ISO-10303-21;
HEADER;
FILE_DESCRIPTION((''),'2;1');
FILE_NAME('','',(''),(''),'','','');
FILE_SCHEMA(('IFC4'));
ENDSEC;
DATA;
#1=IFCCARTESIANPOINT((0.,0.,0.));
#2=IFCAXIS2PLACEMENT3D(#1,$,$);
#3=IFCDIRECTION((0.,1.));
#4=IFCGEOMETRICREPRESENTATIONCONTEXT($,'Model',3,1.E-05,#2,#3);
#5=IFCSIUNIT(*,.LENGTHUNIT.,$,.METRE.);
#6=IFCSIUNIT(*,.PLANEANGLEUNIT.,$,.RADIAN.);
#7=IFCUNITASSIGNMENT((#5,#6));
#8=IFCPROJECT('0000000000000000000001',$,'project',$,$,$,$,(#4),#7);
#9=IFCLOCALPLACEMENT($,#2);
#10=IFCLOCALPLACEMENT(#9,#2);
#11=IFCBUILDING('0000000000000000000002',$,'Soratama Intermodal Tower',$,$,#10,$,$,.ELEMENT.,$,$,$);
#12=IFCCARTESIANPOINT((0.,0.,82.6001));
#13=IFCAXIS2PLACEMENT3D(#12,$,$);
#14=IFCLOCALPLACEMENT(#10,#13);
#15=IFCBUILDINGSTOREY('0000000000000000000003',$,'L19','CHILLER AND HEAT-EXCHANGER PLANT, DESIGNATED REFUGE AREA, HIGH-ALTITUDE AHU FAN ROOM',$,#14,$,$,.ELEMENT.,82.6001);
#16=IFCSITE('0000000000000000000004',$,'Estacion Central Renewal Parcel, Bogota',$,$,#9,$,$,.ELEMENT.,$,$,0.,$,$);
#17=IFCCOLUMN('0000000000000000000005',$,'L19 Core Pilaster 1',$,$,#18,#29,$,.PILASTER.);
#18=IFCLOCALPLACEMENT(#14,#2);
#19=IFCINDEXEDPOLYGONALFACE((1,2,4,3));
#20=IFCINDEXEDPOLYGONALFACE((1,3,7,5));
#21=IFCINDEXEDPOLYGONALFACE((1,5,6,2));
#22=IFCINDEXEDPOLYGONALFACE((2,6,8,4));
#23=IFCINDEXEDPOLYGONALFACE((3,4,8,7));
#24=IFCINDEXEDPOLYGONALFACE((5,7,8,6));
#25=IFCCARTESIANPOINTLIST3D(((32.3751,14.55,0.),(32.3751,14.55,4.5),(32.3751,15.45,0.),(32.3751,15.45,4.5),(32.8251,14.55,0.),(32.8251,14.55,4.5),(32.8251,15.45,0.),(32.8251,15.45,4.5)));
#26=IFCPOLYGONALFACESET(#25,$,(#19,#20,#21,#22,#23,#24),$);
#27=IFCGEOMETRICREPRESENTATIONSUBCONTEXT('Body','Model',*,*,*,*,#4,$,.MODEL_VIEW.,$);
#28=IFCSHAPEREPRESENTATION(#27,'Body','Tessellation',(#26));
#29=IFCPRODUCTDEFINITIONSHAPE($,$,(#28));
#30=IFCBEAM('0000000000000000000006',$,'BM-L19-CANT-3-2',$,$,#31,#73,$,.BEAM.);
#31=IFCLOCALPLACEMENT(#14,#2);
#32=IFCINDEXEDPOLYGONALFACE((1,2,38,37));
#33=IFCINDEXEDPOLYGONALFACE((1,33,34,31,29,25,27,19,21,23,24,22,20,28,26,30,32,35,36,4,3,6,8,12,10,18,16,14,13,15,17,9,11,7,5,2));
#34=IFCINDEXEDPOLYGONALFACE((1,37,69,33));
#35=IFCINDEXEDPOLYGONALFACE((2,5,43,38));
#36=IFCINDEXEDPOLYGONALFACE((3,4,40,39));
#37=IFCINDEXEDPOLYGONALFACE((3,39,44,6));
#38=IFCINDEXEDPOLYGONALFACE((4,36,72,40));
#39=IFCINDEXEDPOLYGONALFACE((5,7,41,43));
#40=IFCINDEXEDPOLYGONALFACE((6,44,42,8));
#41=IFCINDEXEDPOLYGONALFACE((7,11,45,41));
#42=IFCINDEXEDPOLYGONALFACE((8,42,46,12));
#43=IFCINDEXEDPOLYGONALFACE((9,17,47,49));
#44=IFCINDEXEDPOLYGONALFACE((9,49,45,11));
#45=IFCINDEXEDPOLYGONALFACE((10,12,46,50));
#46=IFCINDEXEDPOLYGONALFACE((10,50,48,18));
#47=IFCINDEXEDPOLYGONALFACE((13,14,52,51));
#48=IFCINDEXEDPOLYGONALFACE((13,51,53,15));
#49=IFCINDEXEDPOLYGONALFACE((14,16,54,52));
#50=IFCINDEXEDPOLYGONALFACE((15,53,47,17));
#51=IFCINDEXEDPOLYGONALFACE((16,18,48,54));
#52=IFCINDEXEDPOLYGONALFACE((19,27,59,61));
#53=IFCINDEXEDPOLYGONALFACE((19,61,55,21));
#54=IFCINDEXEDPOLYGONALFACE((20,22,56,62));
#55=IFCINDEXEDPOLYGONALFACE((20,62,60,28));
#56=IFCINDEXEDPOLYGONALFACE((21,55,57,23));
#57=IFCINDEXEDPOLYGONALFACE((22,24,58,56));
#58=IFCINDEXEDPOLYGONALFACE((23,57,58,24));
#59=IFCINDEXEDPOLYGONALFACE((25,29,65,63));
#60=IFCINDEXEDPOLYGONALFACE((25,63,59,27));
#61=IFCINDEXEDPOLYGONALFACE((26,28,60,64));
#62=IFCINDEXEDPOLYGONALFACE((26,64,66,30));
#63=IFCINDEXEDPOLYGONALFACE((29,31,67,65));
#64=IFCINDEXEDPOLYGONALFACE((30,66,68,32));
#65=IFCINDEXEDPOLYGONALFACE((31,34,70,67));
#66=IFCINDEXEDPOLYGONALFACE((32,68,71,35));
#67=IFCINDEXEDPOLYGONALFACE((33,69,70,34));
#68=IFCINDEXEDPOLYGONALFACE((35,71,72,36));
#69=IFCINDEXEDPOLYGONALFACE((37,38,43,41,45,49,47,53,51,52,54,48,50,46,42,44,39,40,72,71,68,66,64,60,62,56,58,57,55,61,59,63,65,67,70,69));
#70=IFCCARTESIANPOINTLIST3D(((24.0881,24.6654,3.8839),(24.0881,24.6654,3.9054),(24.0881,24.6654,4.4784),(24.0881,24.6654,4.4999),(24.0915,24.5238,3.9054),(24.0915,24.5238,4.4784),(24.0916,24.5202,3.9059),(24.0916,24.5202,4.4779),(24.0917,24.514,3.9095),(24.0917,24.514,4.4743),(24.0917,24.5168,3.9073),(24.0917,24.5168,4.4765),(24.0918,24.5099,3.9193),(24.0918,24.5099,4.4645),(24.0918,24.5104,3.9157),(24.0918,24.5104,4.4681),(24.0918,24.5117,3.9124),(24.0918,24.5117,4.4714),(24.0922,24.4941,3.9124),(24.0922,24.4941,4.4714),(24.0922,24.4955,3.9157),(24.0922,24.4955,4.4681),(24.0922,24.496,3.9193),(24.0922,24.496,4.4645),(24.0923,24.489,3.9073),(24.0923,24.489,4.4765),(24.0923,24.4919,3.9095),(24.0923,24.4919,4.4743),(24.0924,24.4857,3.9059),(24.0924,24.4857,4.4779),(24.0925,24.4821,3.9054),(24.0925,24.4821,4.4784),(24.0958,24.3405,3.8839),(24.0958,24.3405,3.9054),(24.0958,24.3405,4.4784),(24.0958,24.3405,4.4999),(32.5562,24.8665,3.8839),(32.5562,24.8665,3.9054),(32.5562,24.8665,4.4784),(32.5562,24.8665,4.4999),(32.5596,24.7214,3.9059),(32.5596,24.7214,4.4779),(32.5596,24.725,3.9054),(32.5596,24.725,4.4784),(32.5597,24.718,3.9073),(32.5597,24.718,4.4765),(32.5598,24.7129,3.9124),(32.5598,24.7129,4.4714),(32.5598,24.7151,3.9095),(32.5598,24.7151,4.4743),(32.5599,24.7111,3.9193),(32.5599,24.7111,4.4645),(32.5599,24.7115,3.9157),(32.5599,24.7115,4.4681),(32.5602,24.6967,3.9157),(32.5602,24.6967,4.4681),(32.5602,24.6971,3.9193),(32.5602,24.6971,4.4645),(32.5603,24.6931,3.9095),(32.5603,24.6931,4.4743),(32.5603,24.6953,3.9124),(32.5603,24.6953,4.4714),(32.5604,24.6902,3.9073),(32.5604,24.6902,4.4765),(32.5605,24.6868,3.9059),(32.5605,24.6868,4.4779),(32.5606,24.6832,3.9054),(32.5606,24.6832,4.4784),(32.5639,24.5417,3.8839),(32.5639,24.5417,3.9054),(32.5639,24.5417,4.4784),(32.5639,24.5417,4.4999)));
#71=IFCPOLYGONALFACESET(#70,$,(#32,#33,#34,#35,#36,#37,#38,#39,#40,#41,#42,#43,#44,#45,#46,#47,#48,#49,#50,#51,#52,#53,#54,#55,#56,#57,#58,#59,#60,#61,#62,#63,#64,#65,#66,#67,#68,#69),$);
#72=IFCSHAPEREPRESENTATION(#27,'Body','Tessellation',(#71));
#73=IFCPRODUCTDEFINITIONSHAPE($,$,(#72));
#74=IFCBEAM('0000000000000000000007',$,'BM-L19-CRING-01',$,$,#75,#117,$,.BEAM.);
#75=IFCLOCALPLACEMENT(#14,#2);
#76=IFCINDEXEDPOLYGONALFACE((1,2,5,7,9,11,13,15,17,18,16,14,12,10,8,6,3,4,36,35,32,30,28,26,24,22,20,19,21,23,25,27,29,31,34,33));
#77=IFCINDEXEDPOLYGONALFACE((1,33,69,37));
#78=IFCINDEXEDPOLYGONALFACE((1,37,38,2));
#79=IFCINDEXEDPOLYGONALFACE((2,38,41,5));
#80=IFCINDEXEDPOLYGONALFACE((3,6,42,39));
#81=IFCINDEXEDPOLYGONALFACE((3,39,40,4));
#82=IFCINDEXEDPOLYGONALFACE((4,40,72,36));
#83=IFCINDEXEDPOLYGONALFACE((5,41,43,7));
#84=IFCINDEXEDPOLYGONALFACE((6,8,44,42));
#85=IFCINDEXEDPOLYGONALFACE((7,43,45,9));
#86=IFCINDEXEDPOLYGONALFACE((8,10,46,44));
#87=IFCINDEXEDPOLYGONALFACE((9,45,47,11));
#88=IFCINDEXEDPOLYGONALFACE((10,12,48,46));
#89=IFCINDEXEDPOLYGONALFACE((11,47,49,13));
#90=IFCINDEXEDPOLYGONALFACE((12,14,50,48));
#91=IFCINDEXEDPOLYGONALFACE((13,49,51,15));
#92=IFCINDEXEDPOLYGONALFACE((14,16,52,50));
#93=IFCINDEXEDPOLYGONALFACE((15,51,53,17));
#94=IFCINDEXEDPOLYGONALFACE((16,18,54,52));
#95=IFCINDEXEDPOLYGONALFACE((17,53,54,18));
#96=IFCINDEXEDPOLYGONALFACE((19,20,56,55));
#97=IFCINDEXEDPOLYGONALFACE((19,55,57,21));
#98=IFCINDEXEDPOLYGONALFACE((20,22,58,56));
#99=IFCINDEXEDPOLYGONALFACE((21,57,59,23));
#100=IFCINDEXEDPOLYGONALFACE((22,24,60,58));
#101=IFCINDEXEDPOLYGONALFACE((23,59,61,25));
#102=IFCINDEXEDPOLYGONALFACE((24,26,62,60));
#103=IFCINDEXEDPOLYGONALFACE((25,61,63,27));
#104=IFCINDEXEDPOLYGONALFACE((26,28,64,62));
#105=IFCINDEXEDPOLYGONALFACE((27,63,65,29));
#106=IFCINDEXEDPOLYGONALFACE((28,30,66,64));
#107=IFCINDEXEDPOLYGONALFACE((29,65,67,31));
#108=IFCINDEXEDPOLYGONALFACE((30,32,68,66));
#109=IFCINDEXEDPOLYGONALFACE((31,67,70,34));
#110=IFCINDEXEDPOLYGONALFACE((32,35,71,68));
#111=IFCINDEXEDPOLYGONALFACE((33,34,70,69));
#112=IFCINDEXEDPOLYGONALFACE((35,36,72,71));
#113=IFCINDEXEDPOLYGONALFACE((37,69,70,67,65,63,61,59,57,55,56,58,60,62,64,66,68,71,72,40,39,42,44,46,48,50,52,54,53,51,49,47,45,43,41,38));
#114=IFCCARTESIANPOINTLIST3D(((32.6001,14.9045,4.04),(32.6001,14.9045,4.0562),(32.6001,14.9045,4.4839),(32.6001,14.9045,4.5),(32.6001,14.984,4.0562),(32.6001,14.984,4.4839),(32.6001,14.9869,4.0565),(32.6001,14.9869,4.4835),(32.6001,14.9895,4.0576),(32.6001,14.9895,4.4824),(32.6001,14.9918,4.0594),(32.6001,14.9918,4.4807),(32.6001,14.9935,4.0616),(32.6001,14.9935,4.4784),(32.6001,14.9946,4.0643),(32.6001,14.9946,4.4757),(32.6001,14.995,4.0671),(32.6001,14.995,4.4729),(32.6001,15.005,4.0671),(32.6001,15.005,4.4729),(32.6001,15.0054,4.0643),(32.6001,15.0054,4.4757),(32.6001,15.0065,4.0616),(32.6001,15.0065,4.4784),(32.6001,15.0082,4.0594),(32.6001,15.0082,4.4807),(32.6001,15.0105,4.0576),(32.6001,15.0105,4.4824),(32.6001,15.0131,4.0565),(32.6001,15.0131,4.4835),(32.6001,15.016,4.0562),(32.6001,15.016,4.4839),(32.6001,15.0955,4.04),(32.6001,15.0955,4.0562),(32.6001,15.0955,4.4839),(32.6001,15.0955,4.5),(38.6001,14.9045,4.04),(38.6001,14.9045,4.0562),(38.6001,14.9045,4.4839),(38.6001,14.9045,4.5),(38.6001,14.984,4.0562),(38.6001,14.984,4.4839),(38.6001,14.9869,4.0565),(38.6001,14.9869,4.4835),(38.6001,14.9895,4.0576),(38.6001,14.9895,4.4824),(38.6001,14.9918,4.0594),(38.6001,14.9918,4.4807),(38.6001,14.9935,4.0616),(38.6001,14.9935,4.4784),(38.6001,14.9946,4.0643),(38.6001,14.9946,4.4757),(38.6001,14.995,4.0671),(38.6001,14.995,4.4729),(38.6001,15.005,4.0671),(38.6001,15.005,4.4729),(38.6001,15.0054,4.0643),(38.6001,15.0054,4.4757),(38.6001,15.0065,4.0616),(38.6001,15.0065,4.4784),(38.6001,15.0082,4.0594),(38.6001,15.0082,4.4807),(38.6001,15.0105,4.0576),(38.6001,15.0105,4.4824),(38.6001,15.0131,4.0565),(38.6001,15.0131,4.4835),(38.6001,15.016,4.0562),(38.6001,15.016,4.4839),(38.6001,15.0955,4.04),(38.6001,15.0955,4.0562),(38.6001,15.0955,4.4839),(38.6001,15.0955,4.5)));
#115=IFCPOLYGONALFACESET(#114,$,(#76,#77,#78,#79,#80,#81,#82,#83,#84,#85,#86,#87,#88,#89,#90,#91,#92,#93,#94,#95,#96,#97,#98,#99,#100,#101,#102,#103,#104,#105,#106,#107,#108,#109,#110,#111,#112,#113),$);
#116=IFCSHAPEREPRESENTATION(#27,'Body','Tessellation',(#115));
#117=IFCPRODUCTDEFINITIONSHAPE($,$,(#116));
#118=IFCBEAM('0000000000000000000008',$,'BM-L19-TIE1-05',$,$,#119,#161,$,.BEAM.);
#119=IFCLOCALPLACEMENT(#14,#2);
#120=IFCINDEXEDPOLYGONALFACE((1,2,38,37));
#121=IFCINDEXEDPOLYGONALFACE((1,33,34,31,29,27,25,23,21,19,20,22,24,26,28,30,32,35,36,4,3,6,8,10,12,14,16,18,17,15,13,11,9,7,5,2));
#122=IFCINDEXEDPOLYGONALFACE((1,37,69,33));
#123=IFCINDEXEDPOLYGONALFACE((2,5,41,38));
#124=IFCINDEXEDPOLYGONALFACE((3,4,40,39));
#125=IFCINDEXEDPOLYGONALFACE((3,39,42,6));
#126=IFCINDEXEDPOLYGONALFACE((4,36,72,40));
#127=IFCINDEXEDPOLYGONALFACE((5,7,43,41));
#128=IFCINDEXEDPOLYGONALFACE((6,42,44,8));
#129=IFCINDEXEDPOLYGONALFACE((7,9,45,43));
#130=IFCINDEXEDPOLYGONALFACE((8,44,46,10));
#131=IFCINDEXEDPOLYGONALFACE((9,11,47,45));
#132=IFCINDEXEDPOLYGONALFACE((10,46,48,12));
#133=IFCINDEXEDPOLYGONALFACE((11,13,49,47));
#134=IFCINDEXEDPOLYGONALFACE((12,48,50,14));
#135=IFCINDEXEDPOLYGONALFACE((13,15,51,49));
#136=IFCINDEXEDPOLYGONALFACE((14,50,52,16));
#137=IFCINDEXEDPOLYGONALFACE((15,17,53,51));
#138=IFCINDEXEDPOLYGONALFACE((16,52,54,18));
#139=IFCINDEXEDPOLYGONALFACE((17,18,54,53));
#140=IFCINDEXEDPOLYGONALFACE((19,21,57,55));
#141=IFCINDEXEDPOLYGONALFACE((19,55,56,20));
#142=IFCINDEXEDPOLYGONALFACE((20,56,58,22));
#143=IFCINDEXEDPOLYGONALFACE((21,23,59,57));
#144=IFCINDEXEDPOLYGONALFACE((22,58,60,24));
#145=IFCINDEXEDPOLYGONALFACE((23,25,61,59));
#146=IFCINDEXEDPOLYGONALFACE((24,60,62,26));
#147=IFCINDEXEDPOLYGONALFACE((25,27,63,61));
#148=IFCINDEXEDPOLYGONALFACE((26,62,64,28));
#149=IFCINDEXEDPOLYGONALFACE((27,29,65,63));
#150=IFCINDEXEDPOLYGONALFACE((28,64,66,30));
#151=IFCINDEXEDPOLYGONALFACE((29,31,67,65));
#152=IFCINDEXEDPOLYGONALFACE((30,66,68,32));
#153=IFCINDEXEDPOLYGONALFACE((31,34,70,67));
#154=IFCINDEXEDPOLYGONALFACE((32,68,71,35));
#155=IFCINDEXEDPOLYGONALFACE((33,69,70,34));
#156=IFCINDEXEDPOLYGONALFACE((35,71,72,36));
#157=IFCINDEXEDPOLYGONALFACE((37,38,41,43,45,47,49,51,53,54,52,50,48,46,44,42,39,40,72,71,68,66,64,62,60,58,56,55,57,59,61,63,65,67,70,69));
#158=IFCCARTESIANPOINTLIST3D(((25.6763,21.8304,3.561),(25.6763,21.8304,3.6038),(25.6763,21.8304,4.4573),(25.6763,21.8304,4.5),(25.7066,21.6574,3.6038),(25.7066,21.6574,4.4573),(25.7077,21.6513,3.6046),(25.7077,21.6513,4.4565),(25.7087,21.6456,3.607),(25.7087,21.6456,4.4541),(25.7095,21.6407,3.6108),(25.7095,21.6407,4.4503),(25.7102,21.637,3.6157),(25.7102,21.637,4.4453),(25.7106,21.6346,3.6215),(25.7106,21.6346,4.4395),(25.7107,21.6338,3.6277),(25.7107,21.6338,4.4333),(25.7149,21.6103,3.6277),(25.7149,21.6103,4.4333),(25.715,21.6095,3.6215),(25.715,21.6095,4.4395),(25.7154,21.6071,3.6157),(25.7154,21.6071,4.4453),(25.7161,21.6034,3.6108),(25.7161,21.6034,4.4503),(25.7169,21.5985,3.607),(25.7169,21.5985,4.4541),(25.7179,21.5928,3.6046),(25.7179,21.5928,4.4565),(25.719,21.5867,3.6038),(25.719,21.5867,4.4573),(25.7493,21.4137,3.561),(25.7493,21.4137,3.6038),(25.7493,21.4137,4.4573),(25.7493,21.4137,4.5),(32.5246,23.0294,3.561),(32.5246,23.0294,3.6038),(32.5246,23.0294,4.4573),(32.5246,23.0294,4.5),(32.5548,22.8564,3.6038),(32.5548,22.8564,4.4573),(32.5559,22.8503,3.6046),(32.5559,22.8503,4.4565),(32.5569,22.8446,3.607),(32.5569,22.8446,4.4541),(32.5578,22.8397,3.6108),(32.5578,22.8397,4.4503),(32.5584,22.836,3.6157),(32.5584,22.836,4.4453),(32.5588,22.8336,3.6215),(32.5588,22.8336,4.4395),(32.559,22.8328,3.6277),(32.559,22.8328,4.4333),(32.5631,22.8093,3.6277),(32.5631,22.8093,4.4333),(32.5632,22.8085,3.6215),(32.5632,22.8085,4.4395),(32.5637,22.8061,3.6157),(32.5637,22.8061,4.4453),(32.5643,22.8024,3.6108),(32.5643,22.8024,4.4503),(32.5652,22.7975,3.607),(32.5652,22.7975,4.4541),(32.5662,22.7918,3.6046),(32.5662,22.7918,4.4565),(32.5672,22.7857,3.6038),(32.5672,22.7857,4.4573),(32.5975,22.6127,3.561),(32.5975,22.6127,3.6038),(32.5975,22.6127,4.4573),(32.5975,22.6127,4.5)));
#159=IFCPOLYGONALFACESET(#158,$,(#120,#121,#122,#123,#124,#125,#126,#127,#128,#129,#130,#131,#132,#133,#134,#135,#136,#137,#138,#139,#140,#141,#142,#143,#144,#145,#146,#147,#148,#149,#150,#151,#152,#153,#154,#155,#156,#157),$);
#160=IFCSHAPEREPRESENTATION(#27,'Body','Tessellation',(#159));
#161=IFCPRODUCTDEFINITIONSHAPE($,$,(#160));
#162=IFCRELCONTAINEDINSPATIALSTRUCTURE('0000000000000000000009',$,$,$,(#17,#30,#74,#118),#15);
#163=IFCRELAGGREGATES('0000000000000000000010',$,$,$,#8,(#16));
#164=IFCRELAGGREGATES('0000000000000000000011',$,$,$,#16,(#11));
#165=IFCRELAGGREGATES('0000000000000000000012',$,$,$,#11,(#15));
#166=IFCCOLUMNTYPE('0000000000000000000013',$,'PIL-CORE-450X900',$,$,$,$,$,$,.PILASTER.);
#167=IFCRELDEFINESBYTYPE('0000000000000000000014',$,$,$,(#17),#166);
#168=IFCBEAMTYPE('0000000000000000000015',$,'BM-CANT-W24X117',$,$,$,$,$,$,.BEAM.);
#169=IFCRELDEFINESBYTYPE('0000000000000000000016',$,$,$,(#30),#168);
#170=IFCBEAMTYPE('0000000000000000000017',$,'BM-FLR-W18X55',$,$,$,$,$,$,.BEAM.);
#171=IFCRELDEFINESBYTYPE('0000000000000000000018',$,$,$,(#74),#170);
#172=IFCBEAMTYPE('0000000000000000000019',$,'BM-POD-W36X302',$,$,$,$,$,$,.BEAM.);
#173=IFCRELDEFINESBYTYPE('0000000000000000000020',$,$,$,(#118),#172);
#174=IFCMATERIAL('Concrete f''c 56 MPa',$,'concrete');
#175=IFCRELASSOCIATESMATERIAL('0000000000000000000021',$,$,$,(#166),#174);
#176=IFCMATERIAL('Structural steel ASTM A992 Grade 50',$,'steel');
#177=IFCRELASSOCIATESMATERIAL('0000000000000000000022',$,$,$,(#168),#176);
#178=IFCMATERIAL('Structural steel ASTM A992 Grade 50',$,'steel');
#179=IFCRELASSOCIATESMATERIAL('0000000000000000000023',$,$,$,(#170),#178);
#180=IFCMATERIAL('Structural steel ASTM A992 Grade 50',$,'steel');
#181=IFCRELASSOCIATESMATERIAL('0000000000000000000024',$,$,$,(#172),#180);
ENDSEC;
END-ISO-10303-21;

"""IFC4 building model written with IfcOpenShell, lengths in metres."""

from ifc_helpers import new_model, si_unit, direction, frame, origin, origin_2d, place, context, subcontext, project, spatial, rectangle, i_section, extrude, material, material_profile, profile_set, type_object, element, save


model = new_model("IFC4")

# Units and contexts
model_context = context("Model", 3, precision=1e-05, world=origin(), true_north=direction((0.0, 1.0)))
body_context = subcontext(model_context, "Body", "Model", "MODEL_VIEW")
ifc_project = project(units=[si_unit("LENGTHUNIT", "METRE"), si_unit("PLANEANGLEUNIT", "RADIAN")], contexts=[model_context])

# Site, building, storey
site_placement = place(None, origin())
site = spatial("IfcSite", under=ifc_project, at=site_placement, Name="Estacion Central Renewal Parcel, Bogota", CompositionType="ELEMENT", RefElevation=0.0)
building_placement = place(site_placement, origin())
building = spatial("IfcBuilding", under=site, at=building_placement, Name="Soratama Intermodal Tower", CompositionType="ELEMENT")
storey_placement = place(building_placement, frame((0.0, 0.0, 82.6001)))
storey = spatial("IfcBuildingStorey", under=building, at=storey_placement, Name="L19", Description="CHILLER AND HEAT-EXCHANGER PLANT, DESIGNATED REFUGE AREA, HIGH-ALTITUDE AHU FAN ROOM", CompositionType="ELEMENT", Elevation=82.6001)

# Column
ifc_material_1 = material(Name="Concrete f'c 56 MPa", Category="concrete")
ifc_material_profile_1 = material_profile(ifc_material_1, rectangle(XDim=0.45, YDim=0.8999, at=origin_2d()), Name="RC450X900")
ifc_profile_set_1 = profile_set([ifc_material_profile_1], Name="Concrete f'c 56 MPa")
column_type = type_object("IfcColumnType", Name="PIL-CORE-450X900", PredefinedType="PILASTER", material=ifc_profile_set_1)
column_placement = place(storey_placement, frame((32.6001, 15.0, 0.0), z_axis=(0.0, 0.0, 1.0), x_axis=(1.0, 0.0, 0.0)))
element("IfcColumn", 1, at=column_placement, inside=storey, type_object=column_type, Name="L19 Core Pilaster 1", PredefinedType="PILASTER", context=body_context, shape_type="SweptSolid", body=[
    extrude(rectangle(XDim=0.45, YDim=0.8999, at=origin_2d()), origin(), (0.0, 0.0, 1.0), 4.5),
])

# Beams
ifc_material_2 = material(Name="Structural steel ASTM A992 Grade 50", Category="steel")
ifc_material_profile_2 = material_profile(ifc_material_2, i_section(OverallWidth=0.325, OverallDepth=0.616, WebThickness=0.0139, FlangeThickness=0.0215, FilletRadius=0.0139, at=origin_2d()), Name="W24X117")
ifc_profile_set_2 = profile_set([ifc_material_profile_2], Name="Structural steel ASTM A992 Grade 50")
beam_type_1 = type_object("IfcBeamType", Name="BM-CANT-W24X117", PredefinedType="BEAM", material=ifc_profile_set_2)
beam_1_placement = place(storey_placement, frame((32.5601, 24.7041, 4.1919), z_axis=(-0.999718, -0.02375, 0.0), x_axis=(0.02375, -0.999718, 0.0)))
element("IfcBeam", 2, at=beam_1_placement, inside=storey, type_object=beam_type_1, Name="BM-L19-CANT-3-2", PredefinedType="BEAM", context=body_context, shape_type="SweptSolid", body=[
    extrude(i_section(OverallWidth=0.325, OverallDepth=0.616, WebThickness=0.0139, FlangeThickness=0.0215, FilletRadius=0.0139, at=origin_2d()), origin(), (0.0, 0.0, 1.0), 8.4705),
])
ifc_material_3 = material(Name="Structural steel ASTM A992 Grade 50", Category="steel")
ifc_material_profile_3 = material_profile(ifc_material_3, i_section(OverallWidth=0.1909, OverallDepth=0.46, WebThickness=0.01, FlangeThickness=0.0161, FilletRadius=0.011, at=origin_2d()), Name="W18X55")
ifc_profile_set_3 = profile_set([ifc_material_profile_3], Name="Structural steel ASTM A992 Grade 50")
beam_type_2 = type_object("IfcBeamType", Name="BM-FLR-W18X55", PredefinedType="BEAM", material=ifc_profile_set_3)
beam_2_placement = place(storey_placement, frame((32.6001, 15.0, 4.27), z_axis=(1.0, 0.0, 0.0), x_axis=(0.0, 1.0, 0.0)))
element("IfcBeam", 3, at=beam_2_placement, inside=storey, type_object=beam_type_2, Name="BM-L19-CRING-01", PredefinedType="BEAM", context=body_context, shape_type="SweptSolid", body=[
    extrude(i_section(OverallWidth=0.1909, OverallDepth=0.46, WebThickness=0.01, FlangeThickness=0.0161, FilletRadius=0.011, at=origin_2d()), origin(), (0.0, 0.0, 1.0), 6.0),
])
ifc_material_4 = material(Name="Structural steel ASTM A992 Grade 50", Category="steel")
ifc_material_profile_4 = material_profile(ifc_material_4, i_section(OverallWidth=0.4231, OverallDepth=0.939, WebThickness=0.0239, FlangeThickness=0.0427, FilletRadius=0.0239, at=origin_2d()), Name="W36X302")
ifc_profile_set_4 = profile_set([ifc_material_profile_4], Name="Structural steel ASTM A992 Grade 50")
beam_type_3 = type_object("IfcBeamType", Name="BM-POD-W36X302", PredefinedType="BEAM", material=ifc_profile_set_4)
beam_3_placement = place(storey_placement, frame((32.561, 22.821, 4.0305), z_axis=(-0.985017, -0.172457, 0.0), x_axis=(0.172457, -0.985017, 0.0)))
element("IfcBeam", 4, at=beam_3_placement, inside=storey, type_object=beam_type_3, Name="BM-L19-TIE1-05", PredefinedType="BEAM", context=body_context, shape_type="SweptSolid", body=[
    extrude(i_section(OverallWidth=0.4231, OverallDepth=0.939, WebThickness=0.0239, FlangeThickness=0.0427, FilletRadius=0.0239, at=origin_2d()), origin(), (0.0, 0.0, 1.0), 6.9524),
])

save(model, "model.ifc")
